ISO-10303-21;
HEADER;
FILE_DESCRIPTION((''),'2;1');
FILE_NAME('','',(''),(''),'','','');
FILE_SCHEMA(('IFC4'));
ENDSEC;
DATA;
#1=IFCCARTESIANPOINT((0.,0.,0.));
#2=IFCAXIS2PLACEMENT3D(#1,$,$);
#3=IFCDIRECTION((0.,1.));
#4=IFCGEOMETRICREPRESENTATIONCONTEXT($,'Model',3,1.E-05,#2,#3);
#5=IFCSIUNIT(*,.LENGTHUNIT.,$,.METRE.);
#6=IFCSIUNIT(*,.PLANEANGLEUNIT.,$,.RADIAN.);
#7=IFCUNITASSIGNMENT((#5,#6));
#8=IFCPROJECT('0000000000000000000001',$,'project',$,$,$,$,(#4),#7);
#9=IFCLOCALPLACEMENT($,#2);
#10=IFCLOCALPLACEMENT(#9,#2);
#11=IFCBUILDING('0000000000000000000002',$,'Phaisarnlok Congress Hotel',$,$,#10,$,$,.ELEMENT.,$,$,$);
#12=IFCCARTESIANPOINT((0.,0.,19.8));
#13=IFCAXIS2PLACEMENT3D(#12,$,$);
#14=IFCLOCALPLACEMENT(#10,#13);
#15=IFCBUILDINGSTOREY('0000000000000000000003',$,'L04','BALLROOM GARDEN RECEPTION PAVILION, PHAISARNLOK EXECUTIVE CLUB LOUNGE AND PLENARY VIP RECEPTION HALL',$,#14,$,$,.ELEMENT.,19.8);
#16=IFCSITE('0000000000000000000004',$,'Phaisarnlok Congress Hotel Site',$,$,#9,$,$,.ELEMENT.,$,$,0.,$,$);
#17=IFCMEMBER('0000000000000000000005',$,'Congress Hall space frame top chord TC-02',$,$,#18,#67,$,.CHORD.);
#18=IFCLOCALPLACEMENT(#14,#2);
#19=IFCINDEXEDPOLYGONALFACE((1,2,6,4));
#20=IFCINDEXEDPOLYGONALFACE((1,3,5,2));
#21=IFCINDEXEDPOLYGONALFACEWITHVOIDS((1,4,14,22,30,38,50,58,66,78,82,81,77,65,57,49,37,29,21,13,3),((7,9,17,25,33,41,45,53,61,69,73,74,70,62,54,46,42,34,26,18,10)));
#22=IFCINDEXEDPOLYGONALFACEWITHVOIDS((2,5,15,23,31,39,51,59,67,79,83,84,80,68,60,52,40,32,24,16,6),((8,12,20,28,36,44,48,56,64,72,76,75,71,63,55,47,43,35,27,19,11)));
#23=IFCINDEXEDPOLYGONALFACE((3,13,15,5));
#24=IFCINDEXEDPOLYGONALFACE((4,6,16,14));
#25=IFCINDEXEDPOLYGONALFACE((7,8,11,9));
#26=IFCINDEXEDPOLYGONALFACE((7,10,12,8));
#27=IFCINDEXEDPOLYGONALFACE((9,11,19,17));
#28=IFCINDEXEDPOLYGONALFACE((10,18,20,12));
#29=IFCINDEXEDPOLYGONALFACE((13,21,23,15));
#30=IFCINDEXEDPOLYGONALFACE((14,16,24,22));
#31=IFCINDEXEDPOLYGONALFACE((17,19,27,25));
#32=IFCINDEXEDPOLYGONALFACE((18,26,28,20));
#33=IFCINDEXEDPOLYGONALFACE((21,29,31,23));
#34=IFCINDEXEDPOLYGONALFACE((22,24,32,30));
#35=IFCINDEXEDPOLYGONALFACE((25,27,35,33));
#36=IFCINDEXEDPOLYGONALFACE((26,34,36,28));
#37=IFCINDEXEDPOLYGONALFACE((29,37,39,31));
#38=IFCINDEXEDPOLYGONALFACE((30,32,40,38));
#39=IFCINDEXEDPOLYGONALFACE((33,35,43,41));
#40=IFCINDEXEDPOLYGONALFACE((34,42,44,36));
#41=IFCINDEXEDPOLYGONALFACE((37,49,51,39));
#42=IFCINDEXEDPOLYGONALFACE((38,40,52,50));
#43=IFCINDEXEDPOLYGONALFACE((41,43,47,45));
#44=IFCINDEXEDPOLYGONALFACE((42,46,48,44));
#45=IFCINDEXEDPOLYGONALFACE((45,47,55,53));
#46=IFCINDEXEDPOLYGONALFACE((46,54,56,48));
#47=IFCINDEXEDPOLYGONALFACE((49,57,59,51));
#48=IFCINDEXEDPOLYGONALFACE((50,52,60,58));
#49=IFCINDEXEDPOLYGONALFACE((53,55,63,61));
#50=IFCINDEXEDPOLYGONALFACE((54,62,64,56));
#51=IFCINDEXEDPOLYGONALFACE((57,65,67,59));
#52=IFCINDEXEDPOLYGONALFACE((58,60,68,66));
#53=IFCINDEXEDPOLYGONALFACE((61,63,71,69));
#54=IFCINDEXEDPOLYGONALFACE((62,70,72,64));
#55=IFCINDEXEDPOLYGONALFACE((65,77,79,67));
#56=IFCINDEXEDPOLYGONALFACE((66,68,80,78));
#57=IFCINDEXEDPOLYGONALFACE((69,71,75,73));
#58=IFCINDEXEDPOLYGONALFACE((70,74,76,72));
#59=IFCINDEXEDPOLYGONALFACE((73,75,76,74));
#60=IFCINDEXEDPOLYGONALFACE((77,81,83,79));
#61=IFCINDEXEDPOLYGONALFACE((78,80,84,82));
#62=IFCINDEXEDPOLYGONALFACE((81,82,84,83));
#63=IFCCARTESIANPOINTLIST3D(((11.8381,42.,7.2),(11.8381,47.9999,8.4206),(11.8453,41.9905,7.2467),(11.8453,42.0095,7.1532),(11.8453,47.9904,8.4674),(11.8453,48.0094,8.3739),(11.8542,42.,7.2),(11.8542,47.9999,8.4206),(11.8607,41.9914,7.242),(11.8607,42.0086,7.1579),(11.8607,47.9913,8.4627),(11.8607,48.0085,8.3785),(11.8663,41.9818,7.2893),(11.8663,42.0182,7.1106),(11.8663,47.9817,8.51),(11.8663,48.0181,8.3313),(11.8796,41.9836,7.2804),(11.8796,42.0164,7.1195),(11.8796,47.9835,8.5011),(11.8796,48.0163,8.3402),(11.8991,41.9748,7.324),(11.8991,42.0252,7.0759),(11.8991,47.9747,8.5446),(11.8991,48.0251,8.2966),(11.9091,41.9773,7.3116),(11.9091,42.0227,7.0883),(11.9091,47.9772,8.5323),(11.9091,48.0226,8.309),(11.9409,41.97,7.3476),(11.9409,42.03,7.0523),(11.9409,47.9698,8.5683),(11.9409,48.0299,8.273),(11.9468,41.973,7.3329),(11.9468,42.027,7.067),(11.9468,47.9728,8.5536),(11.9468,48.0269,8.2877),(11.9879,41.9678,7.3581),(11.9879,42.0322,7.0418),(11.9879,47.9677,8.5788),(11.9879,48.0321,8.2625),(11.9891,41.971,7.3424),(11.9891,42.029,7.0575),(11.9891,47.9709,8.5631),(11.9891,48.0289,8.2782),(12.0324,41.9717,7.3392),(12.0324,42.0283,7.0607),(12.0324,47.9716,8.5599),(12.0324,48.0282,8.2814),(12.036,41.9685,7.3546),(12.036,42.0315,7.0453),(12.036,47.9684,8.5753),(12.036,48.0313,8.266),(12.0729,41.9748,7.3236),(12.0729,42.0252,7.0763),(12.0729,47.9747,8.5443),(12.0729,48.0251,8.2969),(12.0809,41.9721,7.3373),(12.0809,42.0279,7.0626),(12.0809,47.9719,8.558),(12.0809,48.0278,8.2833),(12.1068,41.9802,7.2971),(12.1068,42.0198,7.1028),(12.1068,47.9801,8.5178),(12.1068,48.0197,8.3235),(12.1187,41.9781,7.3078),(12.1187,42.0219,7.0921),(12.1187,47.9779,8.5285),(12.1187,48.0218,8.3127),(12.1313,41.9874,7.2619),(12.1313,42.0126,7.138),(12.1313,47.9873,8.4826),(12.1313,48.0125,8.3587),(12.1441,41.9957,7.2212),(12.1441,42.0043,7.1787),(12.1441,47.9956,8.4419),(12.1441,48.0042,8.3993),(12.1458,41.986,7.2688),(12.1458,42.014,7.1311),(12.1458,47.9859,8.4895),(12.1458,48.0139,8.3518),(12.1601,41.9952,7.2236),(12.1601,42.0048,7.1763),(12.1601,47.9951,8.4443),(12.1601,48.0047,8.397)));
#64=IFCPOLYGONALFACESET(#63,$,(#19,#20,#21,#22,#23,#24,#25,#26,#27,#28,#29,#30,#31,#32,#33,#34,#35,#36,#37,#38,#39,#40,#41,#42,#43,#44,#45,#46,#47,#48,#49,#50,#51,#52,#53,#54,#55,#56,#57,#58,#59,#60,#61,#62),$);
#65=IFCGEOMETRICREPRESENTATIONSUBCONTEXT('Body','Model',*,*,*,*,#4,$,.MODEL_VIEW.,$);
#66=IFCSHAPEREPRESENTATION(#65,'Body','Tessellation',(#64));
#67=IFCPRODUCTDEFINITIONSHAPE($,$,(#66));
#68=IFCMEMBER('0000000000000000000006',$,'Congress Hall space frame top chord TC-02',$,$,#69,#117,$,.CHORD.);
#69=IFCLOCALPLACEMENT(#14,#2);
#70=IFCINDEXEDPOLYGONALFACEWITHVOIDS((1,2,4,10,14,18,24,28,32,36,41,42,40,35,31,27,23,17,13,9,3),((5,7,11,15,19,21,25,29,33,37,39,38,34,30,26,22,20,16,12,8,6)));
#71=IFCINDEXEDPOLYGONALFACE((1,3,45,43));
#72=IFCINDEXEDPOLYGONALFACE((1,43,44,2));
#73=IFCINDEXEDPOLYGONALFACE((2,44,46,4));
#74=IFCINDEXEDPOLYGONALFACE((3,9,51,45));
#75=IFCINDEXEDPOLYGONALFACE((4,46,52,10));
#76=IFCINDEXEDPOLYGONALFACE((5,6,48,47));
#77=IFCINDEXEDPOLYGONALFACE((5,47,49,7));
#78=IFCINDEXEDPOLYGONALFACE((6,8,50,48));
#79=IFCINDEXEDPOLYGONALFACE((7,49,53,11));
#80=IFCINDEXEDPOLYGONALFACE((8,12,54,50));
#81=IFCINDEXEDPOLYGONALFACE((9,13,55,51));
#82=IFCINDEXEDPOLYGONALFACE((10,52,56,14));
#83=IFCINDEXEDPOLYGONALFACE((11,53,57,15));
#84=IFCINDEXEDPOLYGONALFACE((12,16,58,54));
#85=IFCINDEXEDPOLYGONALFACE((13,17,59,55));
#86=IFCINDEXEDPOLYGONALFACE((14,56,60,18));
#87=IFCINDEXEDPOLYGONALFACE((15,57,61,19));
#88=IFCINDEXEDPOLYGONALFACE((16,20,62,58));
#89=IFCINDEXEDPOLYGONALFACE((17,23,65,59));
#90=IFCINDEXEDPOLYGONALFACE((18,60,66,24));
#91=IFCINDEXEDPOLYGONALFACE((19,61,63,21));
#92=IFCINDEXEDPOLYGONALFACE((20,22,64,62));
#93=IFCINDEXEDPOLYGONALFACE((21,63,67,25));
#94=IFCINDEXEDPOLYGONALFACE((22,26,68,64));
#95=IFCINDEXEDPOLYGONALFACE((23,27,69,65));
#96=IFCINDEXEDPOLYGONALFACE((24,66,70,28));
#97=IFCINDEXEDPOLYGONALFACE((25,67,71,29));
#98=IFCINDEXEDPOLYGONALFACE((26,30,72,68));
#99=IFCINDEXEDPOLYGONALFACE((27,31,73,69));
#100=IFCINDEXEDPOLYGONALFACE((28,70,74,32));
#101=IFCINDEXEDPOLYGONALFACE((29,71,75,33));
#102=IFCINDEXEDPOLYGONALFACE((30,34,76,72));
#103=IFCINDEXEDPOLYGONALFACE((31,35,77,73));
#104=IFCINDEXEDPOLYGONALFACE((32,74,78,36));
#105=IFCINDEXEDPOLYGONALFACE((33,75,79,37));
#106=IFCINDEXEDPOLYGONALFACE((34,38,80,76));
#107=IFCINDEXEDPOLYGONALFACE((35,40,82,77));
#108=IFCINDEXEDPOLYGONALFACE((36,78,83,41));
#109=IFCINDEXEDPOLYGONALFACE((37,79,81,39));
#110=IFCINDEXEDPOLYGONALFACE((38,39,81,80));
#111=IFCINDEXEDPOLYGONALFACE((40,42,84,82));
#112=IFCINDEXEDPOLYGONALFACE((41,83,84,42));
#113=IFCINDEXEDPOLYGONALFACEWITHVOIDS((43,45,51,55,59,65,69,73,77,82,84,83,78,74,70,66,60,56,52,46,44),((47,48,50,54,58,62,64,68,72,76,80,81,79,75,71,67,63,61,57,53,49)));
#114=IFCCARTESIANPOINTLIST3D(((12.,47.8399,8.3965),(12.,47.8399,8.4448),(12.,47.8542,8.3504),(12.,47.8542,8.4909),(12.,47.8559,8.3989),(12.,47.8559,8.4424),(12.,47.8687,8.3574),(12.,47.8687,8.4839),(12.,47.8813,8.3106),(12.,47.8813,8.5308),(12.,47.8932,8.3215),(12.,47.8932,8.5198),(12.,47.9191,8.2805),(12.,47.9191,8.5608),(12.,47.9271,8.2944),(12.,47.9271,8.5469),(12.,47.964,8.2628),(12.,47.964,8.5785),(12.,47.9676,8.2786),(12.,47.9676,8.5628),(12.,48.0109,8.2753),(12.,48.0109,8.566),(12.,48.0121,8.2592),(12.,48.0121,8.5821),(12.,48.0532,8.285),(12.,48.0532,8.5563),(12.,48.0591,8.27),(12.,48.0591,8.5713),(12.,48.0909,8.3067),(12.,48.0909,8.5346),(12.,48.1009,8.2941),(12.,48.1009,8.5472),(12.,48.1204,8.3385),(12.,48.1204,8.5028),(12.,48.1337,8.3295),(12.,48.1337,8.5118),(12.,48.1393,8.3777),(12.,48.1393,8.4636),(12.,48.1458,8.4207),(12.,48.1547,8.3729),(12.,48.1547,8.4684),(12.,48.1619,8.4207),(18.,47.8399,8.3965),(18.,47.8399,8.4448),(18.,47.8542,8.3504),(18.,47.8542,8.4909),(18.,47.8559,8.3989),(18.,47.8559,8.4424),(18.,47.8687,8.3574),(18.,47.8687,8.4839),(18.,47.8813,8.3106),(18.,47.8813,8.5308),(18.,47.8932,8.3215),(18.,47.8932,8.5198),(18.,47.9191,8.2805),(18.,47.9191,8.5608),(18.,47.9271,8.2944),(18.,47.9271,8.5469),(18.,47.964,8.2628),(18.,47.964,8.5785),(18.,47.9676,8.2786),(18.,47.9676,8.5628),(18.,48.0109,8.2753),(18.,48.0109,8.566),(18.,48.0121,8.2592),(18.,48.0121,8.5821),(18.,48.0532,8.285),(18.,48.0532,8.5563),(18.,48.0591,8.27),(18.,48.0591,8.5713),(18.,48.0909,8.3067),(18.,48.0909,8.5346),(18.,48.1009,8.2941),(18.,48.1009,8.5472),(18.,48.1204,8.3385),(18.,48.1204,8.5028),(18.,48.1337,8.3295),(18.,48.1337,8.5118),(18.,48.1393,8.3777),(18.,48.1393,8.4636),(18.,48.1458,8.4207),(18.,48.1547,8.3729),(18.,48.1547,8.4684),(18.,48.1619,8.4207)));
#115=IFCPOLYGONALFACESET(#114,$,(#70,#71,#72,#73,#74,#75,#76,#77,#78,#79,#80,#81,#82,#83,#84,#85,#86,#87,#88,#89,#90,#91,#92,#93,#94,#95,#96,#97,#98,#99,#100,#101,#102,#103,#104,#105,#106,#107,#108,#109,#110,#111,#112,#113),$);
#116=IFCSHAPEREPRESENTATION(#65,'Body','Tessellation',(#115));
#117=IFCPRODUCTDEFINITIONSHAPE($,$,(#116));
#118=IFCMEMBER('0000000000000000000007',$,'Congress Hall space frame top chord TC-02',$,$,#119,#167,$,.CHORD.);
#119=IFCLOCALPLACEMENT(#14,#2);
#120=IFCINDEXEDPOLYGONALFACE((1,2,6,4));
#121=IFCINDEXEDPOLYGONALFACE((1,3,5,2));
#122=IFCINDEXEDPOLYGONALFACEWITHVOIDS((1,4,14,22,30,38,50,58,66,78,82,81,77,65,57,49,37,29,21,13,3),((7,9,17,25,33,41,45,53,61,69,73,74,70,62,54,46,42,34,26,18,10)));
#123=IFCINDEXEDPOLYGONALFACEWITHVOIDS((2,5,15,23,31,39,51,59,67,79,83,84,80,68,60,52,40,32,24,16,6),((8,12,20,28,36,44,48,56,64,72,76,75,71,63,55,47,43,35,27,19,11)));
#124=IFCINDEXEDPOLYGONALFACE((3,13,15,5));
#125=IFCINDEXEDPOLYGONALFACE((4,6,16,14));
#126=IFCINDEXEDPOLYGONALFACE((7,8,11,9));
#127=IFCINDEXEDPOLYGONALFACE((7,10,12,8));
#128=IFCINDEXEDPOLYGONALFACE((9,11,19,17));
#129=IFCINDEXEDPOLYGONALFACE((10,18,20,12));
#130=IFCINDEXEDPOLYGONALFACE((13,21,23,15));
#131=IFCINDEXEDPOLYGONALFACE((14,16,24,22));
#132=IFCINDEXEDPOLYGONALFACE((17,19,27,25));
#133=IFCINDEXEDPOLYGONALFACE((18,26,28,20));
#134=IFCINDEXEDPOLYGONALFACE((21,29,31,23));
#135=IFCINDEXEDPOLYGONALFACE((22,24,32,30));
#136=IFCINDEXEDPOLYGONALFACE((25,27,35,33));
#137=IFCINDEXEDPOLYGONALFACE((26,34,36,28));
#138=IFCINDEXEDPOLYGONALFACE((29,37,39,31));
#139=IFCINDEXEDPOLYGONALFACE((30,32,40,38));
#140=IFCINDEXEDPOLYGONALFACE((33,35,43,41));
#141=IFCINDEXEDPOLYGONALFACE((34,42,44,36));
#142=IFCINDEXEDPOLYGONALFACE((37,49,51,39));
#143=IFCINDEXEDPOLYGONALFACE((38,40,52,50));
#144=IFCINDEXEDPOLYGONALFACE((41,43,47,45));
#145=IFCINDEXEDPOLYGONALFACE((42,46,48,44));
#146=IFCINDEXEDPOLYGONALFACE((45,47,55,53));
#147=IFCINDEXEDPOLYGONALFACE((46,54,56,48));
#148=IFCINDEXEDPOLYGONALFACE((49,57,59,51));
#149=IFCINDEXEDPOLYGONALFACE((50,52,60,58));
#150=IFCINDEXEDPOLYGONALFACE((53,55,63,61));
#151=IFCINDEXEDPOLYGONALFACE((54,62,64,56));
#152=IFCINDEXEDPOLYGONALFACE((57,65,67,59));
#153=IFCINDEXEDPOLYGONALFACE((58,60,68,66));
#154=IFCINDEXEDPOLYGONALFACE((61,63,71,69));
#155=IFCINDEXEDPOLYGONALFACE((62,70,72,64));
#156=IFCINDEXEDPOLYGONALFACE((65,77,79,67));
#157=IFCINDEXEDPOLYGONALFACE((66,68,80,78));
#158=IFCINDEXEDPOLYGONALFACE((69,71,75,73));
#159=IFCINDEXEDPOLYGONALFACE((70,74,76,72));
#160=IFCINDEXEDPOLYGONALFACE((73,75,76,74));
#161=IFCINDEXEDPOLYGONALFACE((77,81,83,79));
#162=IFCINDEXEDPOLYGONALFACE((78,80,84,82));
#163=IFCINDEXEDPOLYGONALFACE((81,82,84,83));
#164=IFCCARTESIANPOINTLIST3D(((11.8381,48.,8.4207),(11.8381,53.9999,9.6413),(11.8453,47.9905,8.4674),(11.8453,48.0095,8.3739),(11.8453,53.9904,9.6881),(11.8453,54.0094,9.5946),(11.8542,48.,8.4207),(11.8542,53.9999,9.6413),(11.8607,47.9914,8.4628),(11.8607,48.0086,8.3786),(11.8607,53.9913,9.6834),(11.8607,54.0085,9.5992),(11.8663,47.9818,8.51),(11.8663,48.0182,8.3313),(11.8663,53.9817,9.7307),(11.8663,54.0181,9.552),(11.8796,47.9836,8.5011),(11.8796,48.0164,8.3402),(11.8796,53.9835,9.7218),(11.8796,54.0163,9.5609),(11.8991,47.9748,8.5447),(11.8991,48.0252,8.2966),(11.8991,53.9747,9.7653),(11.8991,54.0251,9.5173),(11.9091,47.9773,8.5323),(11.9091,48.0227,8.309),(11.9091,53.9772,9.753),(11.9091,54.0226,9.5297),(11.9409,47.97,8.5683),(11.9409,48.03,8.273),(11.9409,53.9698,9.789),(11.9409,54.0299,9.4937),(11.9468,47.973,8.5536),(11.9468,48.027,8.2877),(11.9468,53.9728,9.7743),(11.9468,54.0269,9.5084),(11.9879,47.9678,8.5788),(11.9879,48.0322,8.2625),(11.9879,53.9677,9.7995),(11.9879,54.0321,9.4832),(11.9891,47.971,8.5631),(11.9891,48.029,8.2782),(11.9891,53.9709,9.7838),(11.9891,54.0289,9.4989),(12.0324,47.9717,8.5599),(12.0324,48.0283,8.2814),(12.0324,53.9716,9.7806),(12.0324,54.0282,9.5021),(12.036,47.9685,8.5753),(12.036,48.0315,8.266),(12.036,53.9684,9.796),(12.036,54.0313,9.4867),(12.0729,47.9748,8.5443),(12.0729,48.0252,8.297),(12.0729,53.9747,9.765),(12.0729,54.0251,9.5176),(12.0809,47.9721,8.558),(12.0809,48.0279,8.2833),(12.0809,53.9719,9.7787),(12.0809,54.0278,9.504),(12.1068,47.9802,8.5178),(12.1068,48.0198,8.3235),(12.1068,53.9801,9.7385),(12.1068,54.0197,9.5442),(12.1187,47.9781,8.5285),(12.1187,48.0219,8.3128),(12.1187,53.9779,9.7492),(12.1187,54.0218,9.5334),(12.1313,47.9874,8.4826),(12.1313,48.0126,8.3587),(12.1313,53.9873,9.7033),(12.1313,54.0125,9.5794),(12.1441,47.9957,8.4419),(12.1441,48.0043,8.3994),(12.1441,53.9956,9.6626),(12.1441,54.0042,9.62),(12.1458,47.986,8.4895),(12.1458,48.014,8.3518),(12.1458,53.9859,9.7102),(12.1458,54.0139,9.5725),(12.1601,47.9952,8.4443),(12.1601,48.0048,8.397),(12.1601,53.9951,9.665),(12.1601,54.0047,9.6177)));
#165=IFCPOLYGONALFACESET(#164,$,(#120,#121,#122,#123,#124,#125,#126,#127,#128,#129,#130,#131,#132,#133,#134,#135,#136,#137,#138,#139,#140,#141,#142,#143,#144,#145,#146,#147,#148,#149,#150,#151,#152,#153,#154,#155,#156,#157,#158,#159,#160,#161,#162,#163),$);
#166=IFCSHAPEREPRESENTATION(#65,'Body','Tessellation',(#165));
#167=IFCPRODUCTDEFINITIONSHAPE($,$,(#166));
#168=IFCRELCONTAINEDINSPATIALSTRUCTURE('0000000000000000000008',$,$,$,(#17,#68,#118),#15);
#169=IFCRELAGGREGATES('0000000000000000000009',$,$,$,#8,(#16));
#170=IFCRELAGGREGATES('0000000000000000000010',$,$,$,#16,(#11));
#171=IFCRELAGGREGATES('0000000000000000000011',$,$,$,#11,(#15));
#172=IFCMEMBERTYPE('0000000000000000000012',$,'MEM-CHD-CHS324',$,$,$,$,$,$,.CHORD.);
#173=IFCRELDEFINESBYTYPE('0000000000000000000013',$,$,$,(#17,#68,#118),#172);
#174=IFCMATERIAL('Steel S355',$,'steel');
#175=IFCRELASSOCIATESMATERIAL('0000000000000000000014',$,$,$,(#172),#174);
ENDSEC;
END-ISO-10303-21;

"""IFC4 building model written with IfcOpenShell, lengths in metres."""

from ifc_helpers import new_model, si_unit, direction, frame, origin, origin_2d, place, context, subcontext, project, spatial, hollow_circle, extrude, material, material_profile, profile_set, type_object, element, save


model = new_model("IFC4")

# Units and contexts
model_context = context("Model", 3, precision=1e-05, world=origin(), true_north=direction((0.0, 1.0)))
body_context = subcontext(model_context, "Body", "Model", "MODEL_VIEW")
ifc_project = project(units=[si_unit("LENGTHUNIT", "METRE"), si_unit("PLANEANGLEUNIT", "RADIAN")], contexts=[model_context])

# Site, building, storey
site_placement = place(None, origin())
site = spatial("IfcSite", under=ifc_project, at=site_placement, Name="Phaisarnlok Congress Hotel Site", CompositionType="ELEMENT", RefElevation=0.0)
building_placement = place(site_placement, origin())
building = spatial("IfcBuilding", under=site, at=building_placement, Name="Phaisarnlok Congress Hotel", CompositionType="ELEMENT")
storey_placement = place(building_placement, frame((0.0, 0.0, 19.8)))
storey = spatial("IfcBuildingStorey", under=building, at=storey_placement, Name="L04", Description="BALLROOM GARDEN RECEPTION PAVILION, PHAISARNLOK EXECUTIVE CLUB LOUNGE AND PLENARY VIP RECEPTION HALL", CompositionType="ELEMENT", Elevation=19.8)

# Members
ifc_material_1 = material(Name="Steel S355", Category="steel")
ifc_material_profile_1 = material_profile(ifc_material_1, hollow_circle(Radius=0.1619, WallThickness=0.0161, at=origin_2d()), Name="CHS 323.9x16")
ifc_profile_set_1 = profile_set([ifc_material_profile_1], Name="Steel S355")
member_type_1 = type_object("IfcMemberType", Name="MEM-CHD-CHS324", PredefinedType="CHORD", material=ifc_profile_set_1)
member_1_placement = place(storey_placement, frame((12.0, 42.0, 7.2), z_axis=(0.0, 0.979925, 0.199366), x_axis=(-1.0, 0.0, 0.0)))
element("IfcMember", 1, at=member_1_placement, inside=storey, type_object=member_type_1, Name="Congress Hall space frame top chord TC-02", PredefinedType="CHORD", context=body_context, shape_type="SweptSolid", body=[
    extrude(hollow_circle(Radius=0.1619, WallThickness=0.0161, at=origin_2d()), origin(), (0.0, 0.0, 1.0), 6.1228),
])
member_2_placement = place(storey_placement, frame((12.0, 48.0, 8.4207), z_axis=(1.0, 0.0, 0.0), x_axis=(0.0, 1.0, 0.0)))
element("IfcMember", 2, at=member_2_placement, inside=storey, type_object=member_type_1, Name="Congress Hall space frame top chord TC-02", PredefinedType="CHORD", context=body_context, shape_type="SweptSolid", body=[
    extrude(hollow_circle(Radius=0.1619, WallThickness=0.0161, at=origin_2d()), origin(), (0.0, 0.0, 1.0), 6.0),
])
member_3_placement = place(storey_placement, frame((12.0, 48.0, 8.4207), z_axis=(0.0, 0.979925, 0.199366), x_axis=(-1.0, 0.0, 0.0)))
element("IfcMember", 3, at=member_3_placement, inside=storey, type_object=member_type_1, Name="Congress Hall space frame top chord TC-02", PredefinedType="CHORD", context=body_context, shape_type="SweptSolid", body=[
    extrude(hollow_circle(Radius=0.1619, WallThickness=0.0161, at=origin_2d()), origin(), (0.0, 0.0, 1.0), 6.1228),
])

save(model, "model.ifc")
